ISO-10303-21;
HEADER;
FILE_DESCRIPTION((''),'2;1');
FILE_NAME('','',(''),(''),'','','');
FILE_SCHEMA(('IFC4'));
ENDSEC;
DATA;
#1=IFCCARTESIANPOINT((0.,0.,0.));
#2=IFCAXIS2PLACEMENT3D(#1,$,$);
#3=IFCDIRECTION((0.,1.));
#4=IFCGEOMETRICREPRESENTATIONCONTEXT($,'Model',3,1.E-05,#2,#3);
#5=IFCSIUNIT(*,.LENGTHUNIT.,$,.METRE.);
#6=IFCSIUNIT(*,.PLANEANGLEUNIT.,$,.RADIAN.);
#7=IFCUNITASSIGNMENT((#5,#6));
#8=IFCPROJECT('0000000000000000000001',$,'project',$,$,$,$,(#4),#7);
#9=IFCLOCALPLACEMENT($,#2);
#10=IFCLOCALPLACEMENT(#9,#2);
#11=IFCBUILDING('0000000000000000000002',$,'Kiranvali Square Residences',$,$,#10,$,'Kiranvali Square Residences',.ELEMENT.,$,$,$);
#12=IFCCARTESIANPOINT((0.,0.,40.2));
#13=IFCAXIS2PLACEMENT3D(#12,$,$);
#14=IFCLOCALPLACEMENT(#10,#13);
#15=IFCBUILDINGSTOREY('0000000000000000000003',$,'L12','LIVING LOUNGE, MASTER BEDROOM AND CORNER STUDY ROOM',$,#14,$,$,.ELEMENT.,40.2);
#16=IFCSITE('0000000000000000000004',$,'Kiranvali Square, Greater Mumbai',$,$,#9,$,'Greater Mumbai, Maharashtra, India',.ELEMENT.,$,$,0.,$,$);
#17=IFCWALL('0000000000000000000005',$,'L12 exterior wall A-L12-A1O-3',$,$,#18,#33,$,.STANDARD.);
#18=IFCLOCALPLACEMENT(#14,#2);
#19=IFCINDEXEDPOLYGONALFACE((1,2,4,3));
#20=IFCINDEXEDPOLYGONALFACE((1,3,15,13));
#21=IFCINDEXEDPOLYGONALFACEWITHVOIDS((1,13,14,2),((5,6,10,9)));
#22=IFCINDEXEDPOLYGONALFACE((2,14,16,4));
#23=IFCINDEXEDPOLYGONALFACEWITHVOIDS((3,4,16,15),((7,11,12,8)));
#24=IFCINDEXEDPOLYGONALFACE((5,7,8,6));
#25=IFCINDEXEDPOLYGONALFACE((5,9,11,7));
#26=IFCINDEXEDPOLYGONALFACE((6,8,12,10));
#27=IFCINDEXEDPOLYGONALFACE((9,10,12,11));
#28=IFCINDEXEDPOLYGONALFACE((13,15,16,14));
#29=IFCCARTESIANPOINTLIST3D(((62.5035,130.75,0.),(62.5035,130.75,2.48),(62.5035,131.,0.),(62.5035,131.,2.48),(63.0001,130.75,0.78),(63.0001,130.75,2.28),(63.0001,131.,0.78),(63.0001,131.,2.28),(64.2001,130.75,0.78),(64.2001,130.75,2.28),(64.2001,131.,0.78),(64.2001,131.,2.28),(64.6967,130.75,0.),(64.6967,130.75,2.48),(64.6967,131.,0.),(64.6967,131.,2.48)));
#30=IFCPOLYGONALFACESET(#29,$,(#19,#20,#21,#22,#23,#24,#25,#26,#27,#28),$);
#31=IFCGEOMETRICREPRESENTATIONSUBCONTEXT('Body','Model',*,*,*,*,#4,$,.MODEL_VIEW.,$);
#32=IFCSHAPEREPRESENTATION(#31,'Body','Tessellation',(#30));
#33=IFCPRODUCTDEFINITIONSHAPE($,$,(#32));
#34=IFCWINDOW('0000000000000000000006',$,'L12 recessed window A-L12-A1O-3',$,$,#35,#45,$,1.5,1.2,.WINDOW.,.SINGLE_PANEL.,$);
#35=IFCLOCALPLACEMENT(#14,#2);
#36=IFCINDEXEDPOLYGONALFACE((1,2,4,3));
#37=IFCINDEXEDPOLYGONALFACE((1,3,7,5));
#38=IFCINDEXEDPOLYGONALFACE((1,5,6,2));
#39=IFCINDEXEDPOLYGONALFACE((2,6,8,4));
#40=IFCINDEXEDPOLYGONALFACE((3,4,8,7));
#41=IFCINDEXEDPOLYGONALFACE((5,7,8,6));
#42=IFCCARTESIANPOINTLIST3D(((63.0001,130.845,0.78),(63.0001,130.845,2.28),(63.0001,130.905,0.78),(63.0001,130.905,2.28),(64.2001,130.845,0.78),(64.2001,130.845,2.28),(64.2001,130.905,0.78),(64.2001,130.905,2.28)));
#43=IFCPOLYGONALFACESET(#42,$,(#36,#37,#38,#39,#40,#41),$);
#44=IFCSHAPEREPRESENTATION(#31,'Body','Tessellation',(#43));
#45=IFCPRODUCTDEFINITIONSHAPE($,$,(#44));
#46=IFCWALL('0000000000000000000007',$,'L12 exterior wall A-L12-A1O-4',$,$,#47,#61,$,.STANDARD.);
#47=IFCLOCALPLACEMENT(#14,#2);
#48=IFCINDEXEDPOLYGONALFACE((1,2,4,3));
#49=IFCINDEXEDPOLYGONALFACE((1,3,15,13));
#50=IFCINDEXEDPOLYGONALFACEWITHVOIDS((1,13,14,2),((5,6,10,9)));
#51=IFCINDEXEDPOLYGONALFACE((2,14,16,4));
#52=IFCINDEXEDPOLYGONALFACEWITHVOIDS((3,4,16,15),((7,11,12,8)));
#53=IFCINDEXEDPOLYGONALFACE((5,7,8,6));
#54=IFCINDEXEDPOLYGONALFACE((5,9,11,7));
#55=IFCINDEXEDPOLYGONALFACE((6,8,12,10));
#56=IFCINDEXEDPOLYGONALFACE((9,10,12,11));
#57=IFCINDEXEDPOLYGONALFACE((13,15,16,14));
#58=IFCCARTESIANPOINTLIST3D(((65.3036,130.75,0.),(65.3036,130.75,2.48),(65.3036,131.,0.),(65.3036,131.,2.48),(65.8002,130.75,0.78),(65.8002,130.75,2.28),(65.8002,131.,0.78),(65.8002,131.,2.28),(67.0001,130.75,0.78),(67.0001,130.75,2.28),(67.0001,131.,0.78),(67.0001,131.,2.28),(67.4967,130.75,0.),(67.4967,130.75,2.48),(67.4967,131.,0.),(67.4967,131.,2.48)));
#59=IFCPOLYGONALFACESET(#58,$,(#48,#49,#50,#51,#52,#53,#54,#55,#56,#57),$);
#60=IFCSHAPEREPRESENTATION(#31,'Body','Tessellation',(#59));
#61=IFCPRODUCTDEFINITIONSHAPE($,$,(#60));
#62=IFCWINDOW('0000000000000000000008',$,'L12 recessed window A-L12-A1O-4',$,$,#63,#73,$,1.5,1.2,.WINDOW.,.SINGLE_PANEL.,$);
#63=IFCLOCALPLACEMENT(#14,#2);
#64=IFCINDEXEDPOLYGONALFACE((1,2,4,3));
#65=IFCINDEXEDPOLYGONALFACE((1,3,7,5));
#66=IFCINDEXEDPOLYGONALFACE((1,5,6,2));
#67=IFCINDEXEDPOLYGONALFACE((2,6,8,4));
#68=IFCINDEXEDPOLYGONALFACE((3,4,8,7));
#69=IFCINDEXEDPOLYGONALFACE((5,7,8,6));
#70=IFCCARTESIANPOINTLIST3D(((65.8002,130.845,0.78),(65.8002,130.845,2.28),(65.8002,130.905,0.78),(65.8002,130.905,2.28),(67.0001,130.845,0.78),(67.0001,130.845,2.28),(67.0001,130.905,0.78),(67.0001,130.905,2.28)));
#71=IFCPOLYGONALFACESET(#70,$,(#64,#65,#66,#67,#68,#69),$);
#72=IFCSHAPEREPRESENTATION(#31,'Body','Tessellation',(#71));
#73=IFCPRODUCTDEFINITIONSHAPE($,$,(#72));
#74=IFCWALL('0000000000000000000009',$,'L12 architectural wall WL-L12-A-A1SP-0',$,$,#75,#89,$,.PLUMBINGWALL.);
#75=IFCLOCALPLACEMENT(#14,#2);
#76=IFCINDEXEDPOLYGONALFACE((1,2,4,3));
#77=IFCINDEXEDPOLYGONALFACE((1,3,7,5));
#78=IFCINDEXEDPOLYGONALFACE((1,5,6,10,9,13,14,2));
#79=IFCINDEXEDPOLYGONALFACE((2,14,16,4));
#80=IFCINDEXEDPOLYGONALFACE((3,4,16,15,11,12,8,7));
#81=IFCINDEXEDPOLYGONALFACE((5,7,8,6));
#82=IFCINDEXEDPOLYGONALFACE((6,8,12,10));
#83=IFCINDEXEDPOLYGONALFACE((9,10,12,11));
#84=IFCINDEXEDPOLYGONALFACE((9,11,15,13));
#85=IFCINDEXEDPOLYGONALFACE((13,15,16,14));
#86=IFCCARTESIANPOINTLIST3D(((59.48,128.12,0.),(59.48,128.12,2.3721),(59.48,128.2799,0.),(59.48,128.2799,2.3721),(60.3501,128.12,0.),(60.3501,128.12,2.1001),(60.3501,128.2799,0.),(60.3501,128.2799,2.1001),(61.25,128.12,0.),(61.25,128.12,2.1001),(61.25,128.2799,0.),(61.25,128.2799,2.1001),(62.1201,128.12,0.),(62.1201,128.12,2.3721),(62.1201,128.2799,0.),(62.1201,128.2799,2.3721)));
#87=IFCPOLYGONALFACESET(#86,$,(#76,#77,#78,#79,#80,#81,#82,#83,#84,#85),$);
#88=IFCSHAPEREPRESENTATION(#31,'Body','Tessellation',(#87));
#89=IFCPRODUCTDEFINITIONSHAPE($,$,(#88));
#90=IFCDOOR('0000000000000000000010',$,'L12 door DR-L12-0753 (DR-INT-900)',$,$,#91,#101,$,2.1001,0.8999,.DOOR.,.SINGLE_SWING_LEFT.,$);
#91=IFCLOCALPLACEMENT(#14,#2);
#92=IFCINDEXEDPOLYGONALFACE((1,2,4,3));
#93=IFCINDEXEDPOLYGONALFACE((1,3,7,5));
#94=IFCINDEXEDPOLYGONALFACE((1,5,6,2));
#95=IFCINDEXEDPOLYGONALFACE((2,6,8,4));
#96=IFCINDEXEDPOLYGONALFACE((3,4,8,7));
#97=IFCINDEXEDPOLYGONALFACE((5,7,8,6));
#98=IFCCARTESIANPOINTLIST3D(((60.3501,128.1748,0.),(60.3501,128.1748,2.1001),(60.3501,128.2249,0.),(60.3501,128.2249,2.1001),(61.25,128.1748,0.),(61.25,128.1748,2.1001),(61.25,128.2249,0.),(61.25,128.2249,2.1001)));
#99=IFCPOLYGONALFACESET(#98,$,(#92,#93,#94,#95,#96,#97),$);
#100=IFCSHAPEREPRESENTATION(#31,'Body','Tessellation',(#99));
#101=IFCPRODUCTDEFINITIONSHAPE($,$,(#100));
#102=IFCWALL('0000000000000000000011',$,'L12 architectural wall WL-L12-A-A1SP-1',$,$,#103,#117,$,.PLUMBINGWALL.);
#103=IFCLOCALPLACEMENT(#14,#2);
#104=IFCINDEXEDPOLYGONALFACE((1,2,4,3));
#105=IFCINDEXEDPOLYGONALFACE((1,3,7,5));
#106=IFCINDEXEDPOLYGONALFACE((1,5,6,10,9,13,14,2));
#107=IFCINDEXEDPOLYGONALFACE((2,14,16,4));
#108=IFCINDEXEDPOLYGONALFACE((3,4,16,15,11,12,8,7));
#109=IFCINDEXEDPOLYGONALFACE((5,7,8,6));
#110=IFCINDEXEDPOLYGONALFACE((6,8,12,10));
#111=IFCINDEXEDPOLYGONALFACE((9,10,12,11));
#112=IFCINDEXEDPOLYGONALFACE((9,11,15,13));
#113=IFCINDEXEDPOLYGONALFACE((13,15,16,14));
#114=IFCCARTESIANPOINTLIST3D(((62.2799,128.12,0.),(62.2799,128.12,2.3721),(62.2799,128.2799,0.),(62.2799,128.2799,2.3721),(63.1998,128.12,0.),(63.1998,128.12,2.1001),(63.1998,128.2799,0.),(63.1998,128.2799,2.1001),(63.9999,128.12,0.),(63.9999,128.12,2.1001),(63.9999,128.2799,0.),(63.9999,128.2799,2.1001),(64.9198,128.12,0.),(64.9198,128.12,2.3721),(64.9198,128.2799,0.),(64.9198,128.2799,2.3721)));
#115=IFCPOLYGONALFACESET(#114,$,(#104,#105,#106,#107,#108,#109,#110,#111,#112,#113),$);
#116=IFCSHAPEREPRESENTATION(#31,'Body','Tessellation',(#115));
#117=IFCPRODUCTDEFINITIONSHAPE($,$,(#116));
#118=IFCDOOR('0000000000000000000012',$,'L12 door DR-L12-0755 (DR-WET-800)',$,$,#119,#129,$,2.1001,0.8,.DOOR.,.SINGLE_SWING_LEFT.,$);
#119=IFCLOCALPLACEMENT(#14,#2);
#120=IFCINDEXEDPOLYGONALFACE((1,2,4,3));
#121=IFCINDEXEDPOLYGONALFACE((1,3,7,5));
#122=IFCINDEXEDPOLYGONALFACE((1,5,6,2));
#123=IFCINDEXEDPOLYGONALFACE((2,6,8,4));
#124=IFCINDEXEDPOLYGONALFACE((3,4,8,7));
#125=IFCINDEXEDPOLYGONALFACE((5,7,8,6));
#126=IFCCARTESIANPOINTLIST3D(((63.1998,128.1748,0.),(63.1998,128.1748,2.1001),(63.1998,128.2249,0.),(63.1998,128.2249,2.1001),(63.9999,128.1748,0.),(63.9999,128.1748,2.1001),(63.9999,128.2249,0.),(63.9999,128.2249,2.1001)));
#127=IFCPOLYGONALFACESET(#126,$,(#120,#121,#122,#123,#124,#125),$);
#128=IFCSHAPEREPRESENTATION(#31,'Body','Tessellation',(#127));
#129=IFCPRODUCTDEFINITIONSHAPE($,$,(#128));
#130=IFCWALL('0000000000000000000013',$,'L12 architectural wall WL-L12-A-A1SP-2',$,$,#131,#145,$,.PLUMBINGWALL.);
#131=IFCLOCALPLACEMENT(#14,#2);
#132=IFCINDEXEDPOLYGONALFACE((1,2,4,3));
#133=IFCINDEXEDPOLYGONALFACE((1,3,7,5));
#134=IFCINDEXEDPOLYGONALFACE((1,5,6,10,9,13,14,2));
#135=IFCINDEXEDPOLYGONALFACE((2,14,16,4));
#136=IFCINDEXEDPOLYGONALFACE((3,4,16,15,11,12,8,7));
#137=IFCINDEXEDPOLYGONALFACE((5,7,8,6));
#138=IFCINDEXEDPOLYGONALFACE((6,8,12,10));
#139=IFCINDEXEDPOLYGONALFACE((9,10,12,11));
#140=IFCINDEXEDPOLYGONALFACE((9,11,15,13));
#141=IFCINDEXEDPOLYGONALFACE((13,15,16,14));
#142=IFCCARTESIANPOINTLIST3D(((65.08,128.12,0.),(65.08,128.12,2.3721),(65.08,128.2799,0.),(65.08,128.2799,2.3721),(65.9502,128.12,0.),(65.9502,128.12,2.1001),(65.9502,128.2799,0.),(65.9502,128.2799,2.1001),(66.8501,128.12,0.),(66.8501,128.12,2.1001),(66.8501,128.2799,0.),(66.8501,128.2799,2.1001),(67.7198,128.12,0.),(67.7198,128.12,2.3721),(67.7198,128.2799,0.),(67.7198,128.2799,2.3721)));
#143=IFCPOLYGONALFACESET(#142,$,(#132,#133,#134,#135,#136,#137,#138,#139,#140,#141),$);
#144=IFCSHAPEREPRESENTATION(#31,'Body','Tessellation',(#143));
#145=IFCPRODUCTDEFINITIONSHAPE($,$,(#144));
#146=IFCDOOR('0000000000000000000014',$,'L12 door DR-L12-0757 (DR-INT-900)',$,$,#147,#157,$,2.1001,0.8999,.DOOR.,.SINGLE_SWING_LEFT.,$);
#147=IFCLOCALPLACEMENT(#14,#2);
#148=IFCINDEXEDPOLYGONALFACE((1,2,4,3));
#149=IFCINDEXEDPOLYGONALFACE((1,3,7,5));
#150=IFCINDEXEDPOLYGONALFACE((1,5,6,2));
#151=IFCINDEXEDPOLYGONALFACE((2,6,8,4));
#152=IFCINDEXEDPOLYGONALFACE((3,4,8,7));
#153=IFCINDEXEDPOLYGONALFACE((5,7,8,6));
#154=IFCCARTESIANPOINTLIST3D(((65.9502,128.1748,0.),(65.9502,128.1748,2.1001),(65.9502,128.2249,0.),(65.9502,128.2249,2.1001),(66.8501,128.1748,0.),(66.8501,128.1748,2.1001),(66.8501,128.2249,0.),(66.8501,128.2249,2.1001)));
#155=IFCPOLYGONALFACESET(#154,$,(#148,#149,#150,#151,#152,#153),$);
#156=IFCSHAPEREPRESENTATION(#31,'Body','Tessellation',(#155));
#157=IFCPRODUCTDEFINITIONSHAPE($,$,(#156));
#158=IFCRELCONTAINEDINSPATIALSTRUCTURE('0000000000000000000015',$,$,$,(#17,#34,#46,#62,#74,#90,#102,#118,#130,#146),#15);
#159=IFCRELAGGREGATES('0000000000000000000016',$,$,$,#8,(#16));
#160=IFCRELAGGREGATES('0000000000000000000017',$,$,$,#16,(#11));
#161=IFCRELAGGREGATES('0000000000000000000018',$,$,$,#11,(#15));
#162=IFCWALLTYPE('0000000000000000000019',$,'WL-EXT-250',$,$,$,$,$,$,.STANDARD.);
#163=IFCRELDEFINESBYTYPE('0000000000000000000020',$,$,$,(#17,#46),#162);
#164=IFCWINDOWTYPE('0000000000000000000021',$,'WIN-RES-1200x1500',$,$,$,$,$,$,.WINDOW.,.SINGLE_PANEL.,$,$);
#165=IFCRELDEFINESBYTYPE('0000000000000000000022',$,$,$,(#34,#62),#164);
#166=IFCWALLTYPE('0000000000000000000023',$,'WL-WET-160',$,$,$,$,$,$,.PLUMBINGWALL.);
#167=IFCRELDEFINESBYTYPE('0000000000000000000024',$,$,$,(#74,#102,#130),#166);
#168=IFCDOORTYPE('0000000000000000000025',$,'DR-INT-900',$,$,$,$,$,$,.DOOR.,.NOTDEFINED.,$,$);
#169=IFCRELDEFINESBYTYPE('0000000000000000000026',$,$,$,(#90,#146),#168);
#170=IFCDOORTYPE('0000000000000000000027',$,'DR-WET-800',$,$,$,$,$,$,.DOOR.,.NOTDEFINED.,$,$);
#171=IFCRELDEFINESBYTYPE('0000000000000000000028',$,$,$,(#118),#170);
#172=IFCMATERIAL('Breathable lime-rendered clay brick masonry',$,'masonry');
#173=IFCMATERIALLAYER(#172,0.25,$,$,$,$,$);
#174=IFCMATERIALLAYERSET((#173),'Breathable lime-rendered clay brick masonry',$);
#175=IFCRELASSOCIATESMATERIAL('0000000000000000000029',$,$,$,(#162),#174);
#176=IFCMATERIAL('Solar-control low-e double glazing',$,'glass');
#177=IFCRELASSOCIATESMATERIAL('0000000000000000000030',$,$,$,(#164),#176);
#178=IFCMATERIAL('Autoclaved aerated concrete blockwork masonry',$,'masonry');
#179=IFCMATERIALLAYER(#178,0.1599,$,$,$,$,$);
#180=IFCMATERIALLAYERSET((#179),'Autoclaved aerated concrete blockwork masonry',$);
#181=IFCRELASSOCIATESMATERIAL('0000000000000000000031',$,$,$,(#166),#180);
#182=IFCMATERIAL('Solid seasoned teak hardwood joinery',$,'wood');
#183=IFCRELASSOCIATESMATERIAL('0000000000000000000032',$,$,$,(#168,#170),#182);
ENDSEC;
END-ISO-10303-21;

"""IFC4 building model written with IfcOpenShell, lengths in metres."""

from ifc_helpers import new_model, si_unit, direction, frame, frame_2d, origin, place, context, subcontext, project, spatial, rectangle, extrude, material, layer, layer_set, type_object, element, fill, save


model = new_model("IFC4")

# Units and contexts
model_context = context("Model", 3, precision=1e-05, world=origin(), true_north=direction((0.0, 1.0)))
body_context = subcontext(model_context, "Body", "Model", "MODEL_VIEW")
ifc_project = project(units=[si_unit("LENGTHUNIT", "METRE"), si_unit("PLANEANGLEUNIT", "RADIAN")], contexts=[model_context])

# Site, building, storey
site_placement = place(None, origin())
site = spatial("IfcSite", under=ifc_project, at=site_placement, Name="Kiranvali Square, Greater Mumbai", LongName="Greater Mumbai, Maharashtra, India", CompositionType="ELEMENT", RefElevation=0.0)
building_placement = place(site_placement, origin())
building = spatial("IfcBuilding", under=site, at=building_placement, Name="Kiranvali Square Residences", LongName="Kiranvali Square Residences", CompositionType="ELEMENT")
storey_placement = place(building_placement, frame((0.0, 0.0, 40.2)))
storey = spatial("IfcBuildingStorey", under=building, at=storey_placement, Name="L12", Description="LIVING LOUNGE, MASTER BEDROOM AND CORNER STUDY ROOM", CompositionType="ELEMENT", Elevation=40.2)

# Walls, openings, windows
ifc_material_1 = material(Name="Breathable lime-rendered clay brick masonry", Category="masonry")
ifc_layer_1 = layer(ifc_material_1, 0.25)
ifc_layer_set_1 = layer_set([ifc_layer_1], Name="Breathable lime-rendered clay brick masonry")
wall_type_1 = type_object("IfcWallType", Name="WL-EXT-250", PredefinedType="STANDARD", material=ifc_layer_set_1)
ifc_material_2 = material(Name="Solar-control low-e double glazing", Category="glass")
wall_1_placement = place(storey_placement, frame((62.5034, 130.875, 0.0), z_axis=(0.0, 0.0, 1.0), x_axis=(1.0, 0.0, 0.0)))
wall_1 = element("IfcWall", 1, at=wall_1_placement, inside=storey, type_object=wall_type_1, Name="L12 exterior wall A-L12-A1O-3", PredefinedType="STANDARD", context=body_context, shape_type="SweptSolid", body=[
    extrude(rectangle(XDim=2.1931, YDim=0.25, at=frame_2d((1.0967, 0.0))), origin(), (0.0, 0.0, 1.0), 2.48),
])
opening_1_placement = place(wall_1_placement, frame((0.4966, 0.0, 0.78)))
opening_1 = element("IfcOpeningElement", 2, at=opening_1_placement, cuts=wall_1, PredefinedType="OPENING", context=body_context, shape_type="SweptSolid", body=[
    extrude(rectangle(XDim=1.2, YDim=1.5, at=frame_2d((0.6001, 0.75))), frame((0.0, 0.135, 0.0), z_axis=(0.0, -1.0, 0.0), x_axis=(1.0, 0.0, 0.0)), (0.0, 0.0, 1.0), 0.27),
])
window_type_1 = type_object("IfcWindowType", Name="WIN-RES-1200x1500", PartitioningType="SINGLE_PANEL", PredefinedType="WINDOW", material=ifc_material_2)
window_1_placement = place(opening_1_placement, origin())
window_1 = element("IfcWindow", 3, at=window_1_placement, inside=storey, type_object=window_type_1, Name="L12 recessed window A-L12-A1O-3", OverallHeight=1.5, OverallWidth=1.2, PartitioningType="SINGLE_PANEL", PredefinedType="WINDOW", context=body_context, shape_type="SweptSolid", body=[
    extrude(rectangle(XDim=1.2, YDim=1.5, at=frame_2d((0.6001, 0.75))), frame((0.0, 0.03, 0.0), z_axis=(0.0, -1.0, 0.0), x_axis=(1.0, 0.0, 0.0)), (0.0, 0.0, 1.0), 0.0601),
])
fill(opening_1, window_1)
wall_2_placement = place(storey_placement, frame((65.3035, 130.875, 0.0), z_axis=(0.0, 0.0, 1.0), x_axis=(1.0, 0.0, 0.0)))
wall_2 = element("IfcWall", 4, at=wall_2_placement, inside=storey, type_object=wall_type_1, Name="L12 exterior wall A-L12-A1O-4", PredefinedType="STANDARD", context=body_context, shape_type="SweptSolid", body=[
    extrude(rectangle(XDim=2.1931, YDim=0.25, at=frame_2d((1.0967, 0.0))), origin(), (0.0, 0.0, 1.0), 2.48),
])
opening_2_placement = place(wall_2_placement, frame((0.4966, 0.0, 0.78)))
opening_2 = element("IfcOpeningElement", 5, at=opening_2_placement, cuts=wall_2, PredefinedType="OPENING", context=body_context, shape_type="SweptSolid", body=[
    extrude(rectangle(XDim=1.2, YDim=1.5, at=frame_2d((0.6001, 0.75))), frame((0.0, 0.135, 0.0), z_axis=(0.0, -1.0, 0.0), x_axis=(1.0, 0.0, 0.0)), (0.0, 0.0, 1.0), 0.27),
])
window_2_placement = place(opening_2_placement, origin())
window_2 = element("IfcWindow", 6, at=window_2_placement, inside=storey, type_object=window_type_1, Name="L12 recessed window A-L12-A1O-4", OverallHeight=1.5, OverallWidth=1.2, PartitioningType="SINGLE_PANEL", PredefinedType="WINDOW", context=body_context, shape_type="SweptSolid", body=[
    extrude(rectangle(XDim=1.2, YDim=1.5, at=frame_2d((0.6001, 0.75))), frame((0.0, 0.03, 0.0), z_axis=(0.0, -1.0, 0.0), x_axis=(1.0, 0.0, 0.0)), (0.0, 0.0, 1.0), 0.0601),
])
fill(opening_2, window_2)

# Walls, openings, doors
ifc_material_3 = material(Name="Autoclaved aerated concrete blockwork masonry", Category="masonry")
ifc_layer_2 = layer(ifc_material_3, 0.1599)
ifc_layer_set_2 = layer_set([ifc_layer_2], Name="Autoclaved aerated concrete blockwork masonry")
wall_type_2 = type_object("IfcWallType", Name="WL-WET-160", PredefinedType="PLUMBINGWALL", material=ifc_layer_set_2)
wall_3_placement = place(storey_placement, frame((59.48, 128.2, 0.0), z_axis=(0.0, 0.0, 1.0), x_axis=(1.0, 0.0, 0.0)))
wall_3 = element("IfcWall", 7, at=wall_3_placement, inside=storey, type_object=wall_type_2, Name="L12 architectural wall WL-L12-A-A1SP-0", PredefinedType="PLUMBINGWALL", context=body_context, shape_type="SweptSolid", body=[
    extrude(rectangle(XDim=2.6401, YDim=0.1599, at=frame_2d((1.3201, 0.0))), origin(), (0.0, 0.0, 1.0), 2.3721),
])
opening_3_placement = place(wall_3_placement, frame((0.8701, 0.0, 0.0)))
opening_3 = element("IfcOpeningElement", 8, at=opening_3_placement, cuts=wall_3, PredefinedType="OPENING", context=body_context, shape_type="SweptSolid", body=[
    extrude(rectangle(XDim=0.8999, YDim=2.1001, at=frame_2d((0.45, 1.05))), frame((0.0, 0.0898, 0.0), z_axis=(0.0, -1.0, 0.0), x_axis=(1.0, 0.0, 0.0)), (0.0, 0.0, 1.0), 0.1799),
])
ifc_material_4 = material(Name="Solid seasoned teak hardwood joinery", Category="wood")
door_type_1 = type_object("IfcDoorType", Name="DR-INT-900", OperationType="NOTDEFINED", PredefinedType="DOOR", material=ifc_material_4)
door_1_placement = place(opening_3_placement, origin())
door_1 = element("IfcDoor", 9, at=door_1_placement, inside=storey, type_object=door_type_1, Name="L12 door DR-L12-0753 (DR-INT-900)", OperationType="SINGLE_SWING_LEFT", OverallHeight=2.1001, OverallWidth=0.8999, PredefinedType="DOOR", context=body_context, shape_type="SweptSolid", body=[
    extrude(rectangle(XDim=0.8999, YDim=2.1001, at=frame_2d((0.45, 1.05))), frame((0.0, 0.0249, 0.0), z_axis=(0.0, -1.0, 0.0), x_axis=(1.0, 0.0, 0.0)), (0.0, 0.0, 1.0), 0.05),
])
fill(opening_3, door_1)
wall_4_placement = place(storey_placement, frame((62.28, 128.2, 0.0), z_axis=(0.0, 0.0, 1.0), x_axis=(1.0, 0.0, 0.0)))
wall_4 = element("IfcWall", 10, at=wall_4_placement, inside=storey, type_object=wall_type_2, Name="L12 architectural wall WL-L12-A-A1SP-1", PredefinedType="PLUMBINGWALL", context=body_context, shape_type="SweptSolid", body=[
    extrude(rectangle(XDim=2.6399, YDim=0.1599, at=frame_2d((1.3198, 0.0))), origin(), (0.0, 0.0, 1.0), 2.3721),
])
opening_4_placement = place(wall_4_placement, frame((0.9199, 0.0, 0.0)))
opening_4 = element("IfcOpeningElement", 11, at=opening_4_placement, cuts=wall_4, PredefinedType="OPENING", context=body_context, shape_type="SweptSolid", body=[
    extrude(rectangle(XDim=0.8, YDim=2.1001, at=frame_2d((0.3999, 1.05))), frame((0.0, 0.0898, 0.0), z_axis=(0.0, -1.0, 0.0), x_axis=(1.0, 0.0, 0.0)), (0.0, 0.0, 1.0), 0.1799),
])
door_type_2 = type_object("IfcDoorType", Name="DR-WET-800", OperationType="NOTDEFINED", PredefinedType="DOOR", material=ifc_material_4)
door_2_placement = place(opening_4_placement, origin())
door_2 = element("IfcDoor", 12, at=door_2_placement, inside=storey, type_object=door_type_2, Name="L12 door DR-L12-0755 (DR-WET-800)", OperationType="SINGLE_SWING_LEFT", OverallHeight=2.1001, OverallWidth=0.8, PredefinedType="DOOR", context=body_context, shape_type="SweptSolid", body=[
    extrude(rectangle(XDim=0.8, YDim=2.1001, at=frame_2d((0.3999, 1.05))), frame((0.0, 0.0249, 0.0), z_axis=(0.0, -1.0, 0.0), x_axis=(1.0, 0.0, 0.0)), (0.0, 0.0, 1.0), 0.05),
])
fill(opening_4, door_2)
wall_5_placement = place(storey_placement, frame((65.0801, 128.2, 0.0), z_axis=(0.0, 0.0, 1.0), x_axis=(1.0, 0.0, 0.0)))
wall_5 = element("IfcWall", 13, at=wall_5_placement, inside=storey, type_object=wall_type_2, Name="L12 architectural wall WL-L12-A-A1SP-2", PredefinedType="PLUMBINGWALL", context=body_context, shape_type="SweptSolid", body=[
    extrude(rectangle(XDim=2.6399, YDim=0.1599, at=frame_2d((1.3198, 0.0))), origin(), (0.0, 0.0, 1.0), 2.3721),
])
opening_5_placement = place(wall_5_placement, frame((0.8701, 0.0, 0.0)))
opening_5 = element("IfcOpeningElement", 14, at=opening_5_placement, cuts=wall_5, PredefinedType="OPENING", context=body_context, shape_type="SweptSolid", body=[
    extrude(rectangle(XDim=0.8999, YDim=2.1001, at=frame_2d((0.45, 1.05))), frame((0.0, 0.0898, 0.0), z_axis=(0.0, -1.0, 0.0), x_axis=(1.0, 0.0, 0.0)), (0.0, 0.0, 1.0), 0.1799),
])
door_3_placement = place(opening_5_placement, origin())
door_3 = element("IfcDoor", 15, at=door_3_placement, inside=storey, type_object=door_type_1, Name="L12 door DR-L12-0757 (DR-INT-900)", OperationType="SINGLE_SWING_LEFT", OverallHeight=2.1001, OverallWidth=0.8999, PredefinedType="DOOR", context=body_context, shape_type="SweptSolid", body=[
    extrude(rectangle(XDim=0.8999, YDim=2.1001, at=frame_2d((0.45, 1.05))), frame((0.0, 0.0249, 0.0), z_axis=(0.0, -1.0, 0.0), x_axis=(1.0, 0.0, 0.0)), (0.0, 0.0, 1.0), 0.05),
])
fill(opening_5, door_3)

save(model, "model.ifc")
